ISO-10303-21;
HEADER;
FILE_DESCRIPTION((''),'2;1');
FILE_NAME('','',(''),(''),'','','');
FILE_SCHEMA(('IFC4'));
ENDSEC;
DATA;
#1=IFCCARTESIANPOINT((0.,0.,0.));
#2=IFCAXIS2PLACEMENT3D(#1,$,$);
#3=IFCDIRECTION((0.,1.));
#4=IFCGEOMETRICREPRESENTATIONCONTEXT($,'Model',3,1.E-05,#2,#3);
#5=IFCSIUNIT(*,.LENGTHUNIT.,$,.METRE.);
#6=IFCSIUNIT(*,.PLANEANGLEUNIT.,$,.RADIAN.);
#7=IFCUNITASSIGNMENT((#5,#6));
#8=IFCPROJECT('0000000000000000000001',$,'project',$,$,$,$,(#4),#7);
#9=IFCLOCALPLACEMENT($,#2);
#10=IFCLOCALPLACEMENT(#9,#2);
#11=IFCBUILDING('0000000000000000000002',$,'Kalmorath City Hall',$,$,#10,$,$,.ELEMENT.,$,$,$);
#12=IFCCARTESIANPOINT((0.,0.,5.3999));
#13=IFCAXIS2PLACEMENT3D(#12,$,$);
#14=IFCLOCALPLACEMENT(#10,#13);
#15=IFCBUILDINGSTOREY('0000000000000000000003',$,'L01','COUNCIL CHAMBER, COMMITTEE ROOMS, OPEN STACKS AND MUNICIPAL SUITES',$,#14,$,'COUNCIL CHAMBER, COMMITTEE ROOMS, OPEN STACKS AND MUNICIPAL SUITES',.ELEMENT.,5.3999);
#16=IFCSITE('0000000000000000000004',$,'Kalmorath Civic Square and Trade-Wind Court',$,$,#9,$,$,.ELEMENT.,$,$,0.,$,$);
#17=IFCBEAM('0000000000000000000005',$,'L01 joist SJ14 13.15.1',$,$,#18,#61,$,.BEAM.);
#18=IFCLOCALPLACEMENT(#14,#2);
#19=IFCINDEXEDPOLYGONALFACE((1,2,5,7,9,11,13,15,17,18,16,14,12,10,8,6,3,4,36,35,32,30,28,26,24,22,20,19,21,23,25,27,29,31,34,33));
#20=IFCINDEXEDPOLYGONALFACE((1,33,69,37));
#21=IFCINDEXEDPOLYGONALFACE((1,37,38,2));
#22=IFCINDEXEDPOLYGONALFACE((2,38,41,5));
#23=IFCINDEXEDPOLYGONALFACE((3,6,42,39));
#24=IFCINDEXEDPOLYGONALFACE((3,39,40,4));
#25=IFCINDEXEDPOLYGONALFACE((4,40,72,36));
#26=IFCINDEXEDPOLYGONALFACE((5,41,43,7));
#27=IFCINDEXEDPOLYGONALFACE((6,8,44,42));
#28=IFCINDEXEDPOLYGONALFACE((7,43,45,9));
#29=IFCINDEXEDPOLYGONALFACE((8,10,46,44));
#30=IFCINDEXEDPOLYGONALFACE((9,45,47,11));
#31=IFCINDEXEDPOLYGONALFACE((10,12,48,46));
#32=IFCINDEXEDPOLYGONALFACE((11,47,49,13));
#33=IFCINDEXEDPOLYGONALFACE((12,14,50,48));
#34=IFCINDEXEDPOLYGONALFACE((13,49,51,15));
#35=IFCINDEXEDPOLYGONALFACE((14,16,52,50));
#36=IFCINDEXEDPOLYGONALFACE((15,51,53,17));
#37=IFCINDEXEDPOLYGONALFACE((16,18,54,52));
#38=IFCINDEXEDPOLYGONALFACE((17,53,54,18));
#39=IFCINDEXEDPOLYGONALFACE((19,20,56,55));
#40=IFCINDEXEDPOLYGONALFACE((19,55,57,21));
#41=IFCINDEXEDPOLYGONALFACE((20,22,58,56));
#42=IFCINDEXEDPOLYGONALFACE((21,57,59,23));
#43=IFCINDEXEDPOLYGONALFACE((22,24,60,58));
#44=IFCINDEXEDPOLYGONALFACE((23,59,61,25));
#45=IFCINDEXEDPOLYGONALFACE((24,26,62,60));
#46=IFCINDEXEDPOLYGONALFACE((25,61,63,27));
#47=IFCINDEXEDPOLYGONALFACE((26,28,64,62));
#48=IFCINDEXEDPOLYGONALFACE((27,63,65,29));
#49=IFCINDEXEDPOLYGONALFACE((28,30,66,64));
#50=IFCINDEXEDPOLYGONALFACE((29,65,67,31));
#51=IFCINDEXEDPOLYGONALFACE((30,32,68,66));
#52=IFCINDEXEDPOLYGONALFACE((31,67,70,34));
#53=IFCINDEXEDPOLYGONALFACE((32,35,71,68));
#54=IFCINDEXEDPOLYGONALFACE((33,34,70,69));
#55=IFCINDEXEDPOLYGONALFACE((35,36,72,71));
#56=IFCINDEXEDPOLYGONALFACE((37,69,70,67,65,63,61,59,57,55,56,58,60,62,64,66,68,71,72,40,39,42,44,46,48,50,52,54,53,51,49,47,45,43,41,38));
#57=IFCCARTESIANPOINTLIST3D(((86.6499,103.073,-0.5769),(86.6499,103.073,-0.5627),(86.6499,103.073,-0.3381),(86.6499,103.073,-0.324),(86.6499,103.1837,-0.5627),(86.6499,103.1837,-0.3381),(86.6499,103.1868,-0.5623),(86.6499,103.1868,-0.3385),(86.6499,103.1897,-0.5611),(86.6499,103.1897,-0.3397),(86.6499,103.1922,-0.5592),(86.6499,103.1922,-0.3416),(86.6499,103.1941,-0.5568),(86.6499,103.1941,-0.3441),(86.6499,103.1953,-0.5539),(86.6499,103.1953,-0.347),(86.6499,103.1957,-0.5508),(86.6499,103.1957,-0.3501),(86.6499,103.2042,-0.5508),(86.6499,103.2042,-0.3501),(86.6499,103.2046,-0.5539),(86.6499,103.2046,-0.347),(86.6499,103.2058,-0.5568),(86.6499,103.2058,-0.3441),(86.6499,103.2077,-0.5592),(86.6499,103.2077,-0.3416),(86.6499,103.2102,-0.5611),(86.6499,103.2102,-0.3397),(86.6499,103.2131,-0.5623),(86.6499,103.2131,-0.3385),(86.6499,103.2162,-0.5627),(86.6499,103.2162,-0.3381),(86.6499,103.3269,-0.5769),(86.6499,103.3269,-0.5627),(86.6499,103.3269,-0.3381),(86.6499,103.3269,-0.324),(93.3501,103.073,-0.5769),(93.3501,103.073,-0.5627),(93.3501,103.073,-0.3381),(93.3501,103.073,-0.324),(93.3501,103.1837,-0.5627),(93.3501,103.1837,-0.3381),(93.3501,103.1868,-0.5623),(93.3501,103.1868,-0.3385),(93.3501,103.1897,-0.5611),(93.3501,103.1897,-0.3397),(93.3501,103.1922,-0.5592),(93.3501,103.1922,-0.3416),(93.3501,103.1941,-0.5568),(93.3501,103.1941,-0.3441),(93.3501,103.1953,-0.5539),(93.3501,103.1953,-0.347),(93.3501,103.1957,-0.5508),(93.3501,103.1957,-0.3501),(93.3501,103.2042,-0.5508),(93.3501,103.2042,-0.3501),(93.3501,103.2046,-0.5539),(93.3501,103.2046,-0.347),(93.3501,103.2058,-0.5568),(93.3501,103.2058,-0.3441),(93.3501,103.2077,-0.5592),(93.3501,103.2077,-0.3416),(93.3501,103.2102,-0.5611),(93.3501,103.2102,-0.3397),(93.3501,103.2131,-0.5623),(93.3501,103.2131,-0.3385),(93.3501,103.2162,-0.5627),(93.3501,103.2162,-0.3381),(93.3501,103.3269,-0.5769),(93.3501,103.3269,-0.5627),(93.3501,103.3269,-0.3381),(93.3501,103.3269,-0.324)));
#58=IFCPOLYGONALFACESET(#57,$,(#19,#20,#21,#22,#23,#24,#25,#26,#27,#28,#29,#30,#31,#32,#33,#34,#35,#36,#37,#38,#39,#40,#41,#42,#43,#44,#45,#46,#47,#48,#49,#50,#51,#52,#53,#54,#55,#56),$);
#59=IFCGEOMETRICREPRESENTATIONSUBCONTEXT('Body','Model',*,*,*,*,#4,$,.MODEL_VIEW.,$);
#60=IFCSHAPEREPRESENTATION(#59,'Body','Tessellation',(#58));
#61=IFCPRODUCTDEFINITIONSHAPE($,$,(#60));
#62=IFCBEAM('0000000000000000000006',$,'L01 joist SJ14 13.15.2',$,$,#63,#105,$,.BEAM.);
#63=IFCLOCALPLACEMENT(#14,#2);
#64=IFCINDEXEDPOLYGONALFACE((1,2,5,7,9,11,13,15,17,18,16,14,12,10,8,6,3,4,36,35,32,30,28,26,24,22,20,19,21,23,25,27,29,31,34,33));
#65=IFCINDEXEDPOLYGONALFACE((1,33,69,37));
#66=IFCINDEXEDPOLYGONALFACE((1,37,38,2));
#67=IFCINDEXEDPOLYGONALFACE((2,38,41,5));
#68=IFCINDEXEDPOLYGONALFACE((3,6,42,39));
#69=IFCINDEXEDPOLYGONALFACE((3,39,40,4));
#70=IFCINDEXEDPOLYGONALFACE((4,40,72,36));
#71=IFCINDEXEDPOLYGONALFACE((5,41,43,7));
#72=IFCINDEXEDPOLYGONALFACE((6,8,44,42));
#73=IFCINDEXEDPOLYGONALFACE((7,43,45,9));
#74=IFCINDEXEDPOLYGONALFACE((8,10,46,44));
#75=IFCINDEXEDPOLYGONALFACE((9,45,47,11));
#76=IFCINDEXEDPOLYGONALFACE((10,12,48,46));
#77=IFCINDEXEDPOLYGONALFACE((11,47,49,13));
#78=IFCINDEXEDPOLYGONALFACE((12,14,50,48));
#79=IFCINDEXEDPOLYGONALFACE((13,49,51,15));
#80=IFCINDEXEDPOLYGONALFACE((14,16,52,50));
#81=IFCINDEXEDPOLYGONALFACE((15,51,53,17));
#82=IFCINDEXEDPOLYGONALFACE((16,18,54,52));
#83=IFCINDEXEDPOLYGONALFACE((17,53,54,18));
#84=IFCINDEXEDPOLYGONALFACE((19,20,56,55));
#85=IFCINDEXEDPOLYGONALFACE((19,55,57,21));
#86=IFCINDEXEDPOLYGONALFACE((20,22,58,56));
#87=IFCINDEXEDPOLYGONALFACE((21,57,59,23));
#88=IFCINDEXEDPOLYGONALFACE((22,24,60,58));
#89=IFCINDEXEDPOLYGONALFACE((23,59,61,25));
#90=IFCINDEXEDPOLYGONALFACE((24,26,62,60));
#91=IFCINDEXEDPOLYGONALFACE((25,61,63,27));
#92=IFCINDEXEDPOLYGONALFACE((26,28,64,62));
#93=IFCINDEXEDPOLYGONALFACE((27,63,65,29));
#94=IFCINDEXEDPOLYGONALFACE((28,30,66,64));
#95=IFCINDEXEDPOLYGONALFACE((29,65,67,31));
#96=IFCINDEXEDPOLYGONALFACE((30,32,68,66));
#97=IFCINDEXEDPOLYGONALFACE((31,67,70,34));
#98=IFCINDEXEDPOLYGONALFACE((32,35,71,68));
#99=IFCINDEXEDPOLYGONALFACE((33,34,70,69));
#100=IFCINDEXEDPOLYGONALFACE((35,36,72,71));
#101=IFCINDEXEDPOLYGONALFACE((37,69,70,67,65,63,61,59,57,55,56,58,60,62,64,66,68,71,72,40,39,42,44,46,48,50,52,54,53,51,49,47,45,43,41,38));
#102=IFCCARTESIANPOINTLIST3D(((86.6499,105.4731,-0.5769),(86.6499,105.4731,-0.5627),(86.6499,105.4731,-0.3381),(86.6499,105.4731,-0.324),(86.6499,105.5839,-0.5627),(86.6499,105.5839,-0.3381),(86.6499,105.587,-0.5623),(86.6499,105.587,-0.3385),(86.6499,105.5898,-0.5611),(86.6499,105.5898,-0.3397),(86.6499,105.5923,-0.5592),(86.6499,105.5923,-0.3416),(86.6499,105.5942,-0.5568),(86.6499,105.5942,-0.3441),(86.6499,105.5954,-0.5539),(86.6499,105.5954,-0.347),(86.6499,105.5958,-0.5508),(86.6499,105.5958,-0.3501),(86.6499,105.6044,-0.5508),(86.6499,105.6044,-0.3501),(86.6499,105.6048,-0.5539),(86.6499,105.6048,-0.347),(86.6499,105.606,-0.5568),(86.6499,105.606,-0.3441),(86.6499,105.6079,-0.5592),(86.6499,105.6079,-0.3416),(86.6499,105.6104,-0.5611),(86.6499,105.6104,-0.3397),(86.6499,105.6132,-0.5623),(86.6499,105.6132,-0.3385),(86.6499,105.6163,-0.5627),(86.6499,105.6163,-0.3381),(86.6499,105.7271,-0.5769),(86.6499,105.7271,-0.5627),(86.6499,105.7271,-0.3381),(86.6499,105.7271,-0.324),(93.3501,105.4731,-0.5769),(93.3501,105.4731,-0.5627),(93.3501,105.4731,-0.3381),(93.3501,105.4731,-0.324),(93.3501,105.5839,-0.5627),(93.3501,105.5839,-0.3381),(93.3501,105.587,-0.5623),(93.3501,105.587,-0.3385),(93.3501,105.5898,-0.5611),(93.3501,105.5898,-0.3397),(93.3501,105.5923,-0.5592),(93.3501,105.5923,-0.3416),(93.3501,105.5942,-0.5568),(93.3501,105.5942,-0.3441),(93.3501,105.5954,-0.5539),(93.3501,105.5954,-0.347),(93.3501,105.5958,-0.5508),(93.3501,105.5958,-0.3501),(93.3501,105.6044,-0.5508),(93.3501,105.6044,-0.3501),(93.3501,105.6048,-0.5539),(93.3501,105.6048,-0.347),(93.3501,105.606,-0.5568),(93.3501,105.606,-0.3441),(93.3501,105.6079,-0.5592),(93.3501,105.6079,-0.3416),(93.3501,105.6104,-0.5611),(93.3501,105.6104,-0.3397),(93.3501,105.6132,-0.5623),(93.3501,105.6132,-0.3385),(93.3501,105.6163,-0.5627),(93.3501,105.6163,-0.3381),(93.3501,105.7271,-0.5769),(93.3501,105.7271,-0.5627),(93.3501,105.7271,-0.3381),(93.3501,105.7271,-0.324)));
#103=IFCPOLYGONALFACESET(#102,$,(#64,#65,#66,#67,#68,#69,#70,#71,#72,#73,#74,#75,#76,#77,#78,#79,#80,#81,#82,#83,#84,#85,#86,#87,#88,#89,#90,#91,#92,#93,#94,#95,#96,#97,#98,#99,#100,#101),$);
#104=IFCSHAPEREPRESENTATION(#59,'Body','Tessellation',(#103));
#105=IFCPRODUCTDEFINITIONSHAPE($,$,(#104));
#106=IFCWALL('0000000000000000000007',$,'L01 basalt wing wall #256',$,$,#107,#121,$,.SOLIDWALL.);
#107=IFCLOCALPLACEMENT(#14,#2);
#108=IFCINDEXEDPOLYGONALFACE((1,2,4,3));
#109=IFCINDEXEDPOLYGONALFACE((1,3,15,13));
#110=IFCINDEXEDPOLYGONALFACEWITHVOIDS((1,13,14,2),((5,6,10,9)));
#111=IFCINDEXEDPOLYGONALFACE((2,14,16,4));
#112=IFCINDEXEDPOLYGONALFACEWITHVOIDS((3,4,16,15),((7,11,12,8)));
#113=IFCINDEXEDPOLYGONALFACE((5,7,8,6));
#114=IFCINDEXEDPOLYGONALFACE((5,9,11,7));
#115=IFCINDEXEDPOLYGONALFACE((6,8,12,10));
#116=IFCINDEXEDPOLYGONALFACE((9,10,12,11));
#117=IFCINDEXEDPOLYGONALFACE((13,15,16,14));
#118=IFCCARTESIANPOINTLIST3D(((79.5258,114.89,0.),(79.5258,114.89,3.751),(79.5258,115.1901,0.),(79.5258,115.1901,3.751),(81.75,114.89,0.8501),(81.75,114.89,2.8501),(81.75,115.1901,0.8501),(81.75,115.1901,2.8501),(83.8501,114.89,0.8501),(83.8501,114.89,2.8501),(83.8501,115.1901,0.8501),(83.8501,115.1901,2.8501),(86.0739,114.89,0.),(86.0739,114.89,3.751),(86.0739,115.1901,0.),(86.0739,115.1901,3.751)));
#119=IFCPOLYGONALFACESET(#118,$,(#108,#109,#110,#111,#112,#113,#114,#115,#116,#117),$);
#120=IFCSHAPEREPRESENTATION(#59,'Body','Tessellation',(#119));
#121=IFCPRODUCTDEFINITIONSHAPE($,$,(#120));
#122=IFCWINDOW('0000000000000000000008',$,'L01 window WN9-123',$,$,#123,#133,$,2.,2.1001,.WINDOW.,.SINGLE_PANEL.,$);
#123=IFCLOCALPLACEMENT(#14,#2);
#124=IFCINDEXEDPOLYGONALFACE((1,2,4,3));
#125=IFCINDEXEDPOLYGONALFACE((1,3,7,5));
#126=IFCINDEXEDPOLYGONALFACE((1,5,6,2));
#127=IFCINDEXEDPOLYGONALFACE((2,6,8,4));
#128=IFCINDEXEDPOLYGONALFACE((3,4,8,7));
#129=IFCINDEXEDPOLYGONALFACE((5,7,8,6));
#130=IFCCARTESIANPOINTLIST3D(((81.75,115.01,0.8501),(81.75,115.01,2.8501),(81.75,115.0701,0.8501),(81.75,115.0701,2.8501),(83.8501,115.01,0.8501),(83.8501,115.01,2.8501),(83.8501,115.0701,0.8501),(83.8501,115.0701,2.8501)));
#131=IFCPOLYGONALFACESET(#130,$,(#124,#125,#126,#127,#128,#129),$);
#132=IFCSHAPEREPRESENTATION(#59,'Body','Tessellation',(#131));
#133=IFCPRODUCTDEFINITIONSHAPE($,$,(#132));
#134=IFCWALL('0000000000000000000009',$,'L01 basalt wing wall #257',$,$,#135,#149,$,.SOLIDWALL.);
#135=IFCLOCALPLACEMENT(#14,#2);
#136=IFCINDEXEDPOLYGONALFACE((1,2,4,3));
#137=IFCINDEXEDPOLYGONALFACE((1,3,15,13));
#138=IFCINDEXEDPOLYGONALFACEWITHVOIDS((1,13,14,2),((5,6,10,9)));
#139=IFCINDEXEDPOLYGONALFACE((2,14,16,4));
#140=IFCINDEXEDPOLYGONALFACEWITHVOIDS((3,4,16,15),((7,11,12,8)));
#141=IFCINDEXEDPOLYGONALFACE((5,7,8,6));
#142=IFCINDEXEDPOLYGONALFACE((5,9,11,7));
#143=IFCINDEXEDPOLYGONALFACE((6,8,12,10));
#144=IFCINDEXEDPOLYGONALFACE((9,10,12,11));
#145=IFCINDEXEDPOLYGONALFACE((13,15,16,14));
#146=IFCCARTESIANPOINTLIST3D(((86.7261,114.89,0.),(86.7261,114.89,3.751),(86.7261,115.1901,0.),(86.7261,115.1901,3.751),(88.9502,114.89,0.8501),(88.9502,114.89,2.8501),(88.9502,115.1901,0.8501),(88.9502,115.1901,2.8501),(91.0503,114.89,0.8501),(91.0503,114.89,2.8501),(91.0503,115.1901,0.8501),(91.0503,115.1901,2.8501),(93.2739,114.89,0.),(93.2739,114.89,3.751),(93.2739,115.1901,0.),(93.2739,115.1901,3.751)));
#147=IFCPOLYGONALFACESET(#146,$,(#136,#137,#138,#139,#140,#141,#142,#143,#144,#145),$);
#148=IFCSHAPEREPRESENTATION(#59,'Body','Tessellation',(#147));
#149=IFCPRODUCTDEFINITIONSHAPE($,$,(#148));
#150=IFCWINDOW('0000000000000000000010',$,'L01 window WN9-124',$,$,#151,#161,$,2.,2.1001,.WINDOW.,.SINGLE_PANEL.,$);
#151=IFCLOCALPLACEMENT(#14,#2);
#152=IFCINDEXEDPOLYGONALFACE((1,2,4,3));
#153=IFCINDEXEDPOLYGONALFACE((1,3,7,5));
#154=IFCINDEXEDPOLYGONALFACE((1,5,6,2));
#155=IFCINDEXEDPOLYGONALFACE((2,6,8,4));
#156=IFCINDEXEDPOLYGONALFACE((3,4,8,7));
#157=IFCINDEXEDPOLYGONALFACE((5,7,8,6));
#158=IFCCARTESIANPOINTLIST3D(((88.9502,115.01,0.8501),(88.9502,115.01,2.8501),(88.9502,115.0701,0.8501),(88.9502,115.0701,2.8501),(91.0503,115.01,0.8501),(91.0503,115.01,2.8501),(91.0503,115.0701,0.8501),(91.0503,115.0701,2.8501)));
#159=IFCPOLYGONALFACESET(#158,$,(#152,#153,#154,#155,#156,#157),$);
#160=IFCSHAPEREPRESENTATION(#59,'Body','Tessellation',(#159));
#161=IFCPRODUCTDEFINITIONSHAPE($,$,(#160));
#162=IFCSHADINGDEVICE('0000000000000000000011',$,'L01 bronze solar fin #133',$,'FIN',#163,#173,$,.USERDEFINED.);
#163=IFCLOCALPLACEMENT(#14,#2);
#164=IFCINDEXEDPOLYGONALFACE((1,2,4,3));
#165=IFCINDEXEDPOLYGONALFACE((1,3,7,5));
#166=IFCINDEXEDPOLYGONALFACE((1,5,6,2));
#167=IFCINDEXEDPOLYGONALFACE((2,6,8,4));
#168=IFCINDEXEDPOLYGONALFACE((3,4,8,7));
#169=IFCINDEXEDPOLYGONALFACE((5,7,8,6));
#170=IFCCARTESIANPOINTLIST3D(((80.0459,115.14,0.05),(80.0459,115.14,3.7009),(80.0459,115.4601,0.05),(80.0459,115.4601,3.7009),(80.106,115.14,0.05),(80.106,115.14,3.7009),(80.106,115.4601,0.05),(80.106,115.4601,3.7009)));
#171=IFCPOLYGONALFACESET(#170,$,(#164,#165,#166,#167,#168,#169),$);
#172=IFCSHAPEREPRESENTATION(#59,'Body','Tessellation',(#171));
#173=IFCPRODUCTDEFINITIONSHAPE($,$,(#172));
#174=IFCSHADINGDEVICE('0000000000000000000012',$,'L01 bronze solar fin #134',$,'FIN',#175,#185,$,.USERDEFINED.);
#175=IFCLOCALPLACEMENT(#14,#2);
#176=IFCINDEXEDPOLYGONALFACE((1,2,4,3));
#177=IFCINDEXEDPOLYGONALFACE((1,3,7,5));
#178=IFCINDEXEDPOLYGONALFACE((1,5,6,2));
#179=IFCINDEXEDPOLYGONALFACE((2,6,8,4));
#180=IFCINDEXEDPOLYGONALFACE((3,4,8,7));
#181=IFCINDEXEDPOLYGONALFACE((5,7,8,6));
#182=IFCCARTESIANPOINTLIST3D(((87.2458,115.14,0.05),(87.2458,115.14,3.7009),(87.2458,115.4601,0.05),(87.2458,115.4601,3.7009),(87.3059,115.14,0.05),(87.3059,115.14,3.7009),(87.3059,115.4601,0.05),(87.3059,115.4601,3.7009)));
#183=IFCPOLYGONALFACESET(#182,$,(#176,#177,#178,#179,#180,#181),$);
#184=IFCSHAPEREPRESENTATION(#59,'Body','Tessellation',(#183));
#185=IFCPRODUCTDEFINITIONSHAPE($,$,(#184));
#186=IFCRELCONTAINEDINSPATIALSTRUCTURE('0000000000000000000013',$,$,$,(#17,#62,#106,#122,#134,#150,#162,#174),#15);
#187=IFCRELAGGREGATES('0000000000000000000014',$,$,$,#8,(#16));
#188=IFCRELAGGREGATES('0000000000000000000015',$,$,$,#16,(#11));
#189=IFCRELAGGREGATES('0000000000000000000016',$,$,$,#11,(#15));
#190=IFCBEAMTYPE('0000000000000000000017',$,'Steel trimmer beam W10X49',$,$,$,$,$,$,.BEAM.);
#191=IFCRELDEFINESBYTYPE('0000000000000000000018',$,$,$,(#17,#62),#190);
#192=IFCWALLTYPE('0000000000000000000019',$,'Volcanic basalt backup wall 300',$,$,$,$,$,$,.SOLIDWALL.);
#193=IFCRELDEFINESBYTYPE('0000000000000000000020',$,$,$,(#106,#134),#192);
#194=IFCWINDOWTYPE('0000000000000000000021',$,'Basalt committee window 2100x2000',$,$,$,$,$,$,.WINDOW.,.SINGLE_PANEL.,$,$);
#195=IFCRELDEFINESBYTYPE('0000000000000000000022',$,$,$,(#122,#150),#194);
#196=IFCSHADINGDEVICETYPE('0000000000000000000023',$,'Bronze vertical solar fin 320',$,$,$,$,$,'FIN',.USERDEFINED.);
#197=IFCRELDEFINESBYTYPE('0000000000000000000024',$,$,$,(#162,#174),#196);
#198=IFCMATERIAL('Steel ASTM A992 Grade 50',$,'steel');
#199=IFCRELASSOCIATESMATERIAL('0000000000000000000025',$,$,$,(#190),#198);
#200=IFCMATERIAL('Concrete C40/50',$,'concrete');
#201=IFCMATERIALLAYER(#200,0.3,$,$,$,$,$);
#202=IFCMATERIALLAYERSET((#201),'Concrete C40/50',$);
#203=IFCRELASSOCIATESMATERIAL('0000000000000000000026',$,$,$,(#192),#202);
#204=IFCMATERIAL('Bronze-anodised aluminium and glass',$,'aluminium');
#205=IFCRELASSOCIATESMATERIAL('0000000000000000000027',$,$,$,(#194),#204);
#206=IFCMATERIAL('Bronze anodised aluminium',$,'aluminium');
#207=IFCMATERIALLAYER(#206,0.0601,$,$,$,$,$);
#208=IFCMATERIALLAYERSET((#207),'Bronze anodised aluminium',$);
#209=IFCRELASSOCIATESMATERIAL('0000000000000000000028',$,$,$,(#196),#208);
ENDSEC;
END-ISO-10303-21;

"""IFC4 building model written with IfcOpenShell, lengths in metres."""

from ifc_helpers import new_model, si_unit, direction, frame, frame_2d, origin, origin_2d, place, context, subcontext, project, spatial, rectangle, i_section, extrude, material, layer, layer_set, material_profile, profile_set, type_object, element, fill, save


model = new_model("IFC4")

# Units and contexts
model_context = context("Model", 3, precision=1e-05, world=origin(), true_north=direction((0.0, 1.0)))
body_context = subcontext(model_context, "Body", "Model", "MODEL_VIEW")
ifc_project = project(units=[si_unit("LENGTHUNIT", "METRE"), si_unit("PLANEANGLEUNIT", "RADIAN")], contexts=[model_context])

# Site, building, storey
site_placement = place(None, origin())
site = spatial("IfcSite", under=ifc_project, at=site_placement, Name="Kalmorath Civic Square and Trade-Wind Court", CompositionType="ELEMENT", RefElevation=0.0)
building_placement = place(site_placement, origin())
building = spatial("IfcBuilding", under=site, at=building_placement, Name="Kalmorath City Hall", CompositionType="ELEMENT")
storey_placement = place(building_placement, frame((0.0, 0.0, 5.3999)))
storey = spatial("IfcBuildingStorey", under=building, at=storey_placement, Name="L01", Description="COUNCIL CHAMBER, COMMITTEE ROOMS, OPEN STACKS AND MUNICIPAL SUITES", LongName="COUNCIL CHAMBER, COMMITTEE ROOMS, OPEN STACKS AND MUNICIPAL SUITES", CompositionType="ELEMENT", Elevation=5.3999)

# Beams
ifc_material_1 = material(Name="Steel ASTM A992 Grade 50", Category="steel")
ifc_material_profile_1 = material_profile(ifc_material_1, i_section(OverallWidth=0.2539, OverallDepth=0.2529, WebThickness=0.0085, FlangeThickness=0.0142, FilletRadius=0.012, at=origin_2d()), Name="W10X49")
ifc_profile_set_1 = profile_set([ifc_material_profile_1], Name="Steel ASTM A992 Grade 50")
beam_type_1 = type_object("IfcBeamType", Name="Steel trimmer beam W10X49", PredefinedType="BEAM", material=ifc_profile_set_1)
for number, where, z_axis, x_axis, name in (
    (1, (86.6499, 103.2, -0.4504), (1.0, 0.0, 0.0), (0.0, 1.0, 0.0), "L01 joist SJ14 13.15.1"),
    (2, (86.6499, 105.6001, -0.4504), (1.0, 0.0, 0.0), (0.0, 1.0, 0.0), "L01 joist SJ14 13.15.2"),
):
    element("IfcBeam", number, at=place(storey_placement, frame(where, z_axis=z_axis, x_axis=x_axis)), inside=storey, type_object=beam_type_1, Name=name, PredefinedType="BEAM", context=body_context, shape_type="SweptSolid", body=[
        extrude(i_section(OverallWidth=0.2539, OverallDepth=0.2529, WebThickness=0.0085, FlangeThickness=0.0142, FilletRadius=0.012, at=origin_2d()), origin(), (0.0, 0.0, 1.0), 6.7002),
    ])

# Walls, openings, windows
ifc_material_2 = material(Name="Concrete C40/50", Category="concrete")
ifc_layer_1 = layer(ifc_material_2, 0.3)
ifc_layer_set_1 = layer_set([ifc_layer_1], Name="Concrete C40/50")
wall_type = type_object("IfcWallType", Name="Volcanic basalt backup wall 300", PredefinedType="SOLIDWALL", material=ifc_layer_set_1)
wall_1_placement = place(storey_placement, frame((79.5259, 115.04, 0.0), z_axis=(0.0, 0.0, 1.0), x_axis=(1.0, 0.0, 0.0)))
wall_1 = element("IfcWall", 3, at=wall_1_placement, inside=storey, type_object=wall_type, Name="L01 basalt wing wall #256", PredefinedType="SOLIDWALL", context=body_context, shape_type="SweptSolid", body=[
    extrude(rectangle(XDim=6.5481, YDim=0.3, at=frame_2d((3.2739, 0.0))), origin(), (0.0, 0.0, 1.0), 3.751),
])
opening_1_placement = place(wall_1_placement, frame((2.2241, 0.0, 0.8501)))
opening_1 = element("IfcOpeningElement", 4, at=opening_1_placement, cuts=wall_1, PredefinedType="OPENING", context=body_context, shape_type="SweptSolid", body=[
    extrude(rectangle(XDim=2.1001, YDim=2.0, at=frame_2d((1.05, 1.0))), frame((0.0, 0.1599, 0.0), z_axis=(0.0, -1.0, 0.0), x_axis=(1.0, 0.0, 0.0)), (0.0, 0.0, 1.0), 0.3201),
])
ifc_material_3 = material(Name="Bronze-anodised aluminium and glass", Category="aluminium")
window_type = type_object("IfcWindowType", Name="Basalt committee window 2100x2000", PartitioningType="SINGLE_PANEL", PredefinedType="WINDOW", material=ifc_material_3)
window_1_placement = place(opening_1_placement, origin())
window_1 = element("IfcWindow", 5, at=window_1_placement, inside=storey, type_object=window_type, Name="L01 window WN9-123", OverallHeight=2.0, OverallWidth=2.1001, PartitioningType="SINGLE_PANEL", PredefinedType="WINDOW", context=body_context, shape_type="SweptSolid", body=[
    extrude(rectangle(XDim=2.1001, YDim=2.0, at=frame_2d((1.05, 1.0))), frame((0.0, 0.03, 0.0), z_axis=(0.0, -1.0, 0.0), x_axis=(1.0, 0.0, 0.0)), (0.0, 0.0, 1.0), 0.0601),
])
fill(opening_1, window_1)
wall_2_placement = place(storey_placement, frame((86.7261, 115.04, 0.0), z_axis=(0.0, 0.0, 1.0), x_axis=(1.0, 0.0, 0.0)))
wall_2 = element("IfcWall", 6, at=wall_2_placement, inside=storey, type_object=wall_type, Name="L01 basalt wing wall #257", PredefinedType="SOLIDWALL", context=body_context, shape_type="SweptSolid", body=[
    extrude(rectangle(XDim=6.5479, YDim=0.3, at=frame_2d((3.2739, 0.0))), origin(), (0.0, 0.0, 1.0), 3.751),
])
opening_2_placement = place(wall_2_placement, frame((2.2241, 0.0, 0.8501)))
opening_2 = element("IfcOpeningElement", 7, at=opening_2_placement, cuts=wall_2, PredefinedType="OPENING", context=body_context, shape_type="SweptSolid", body=[
    extrude(rectangle(XDim=2.1001, YDim=2.0, at=frame_2d((1.05, 1.0))), frame((0.0, 0.1599, 0.0), z_axis=(0.0, -1.0, 0.0), x_axis=(1.0, 0.0, 0.0)), (0.0, 0.0, 1.0), 0.3201),
])
window_2_placement = place(opening_2_placement, origin())
window_2 = element("IfcWindow", 8, at=window_2_placement, inside=storey, type_object=window_type, Name="L01 window WN9-124", OverallHeight=2.0, OverallWidth=2.1001, PartitioningType="SINGLE_PANEL", PredefinedType="WINDOW", context=body_context, shape_type="SweptSolid", body=[
    extrude(rectangle(XDim=2.1001, YDim=2.0, at=frame_2d((1.05, 1.0))), frame((0.0, 0.03, 0.0), z_axis=(0.0, -1.0, 0.0), x_axis=(1.0, 0.0, 0.0)), (0.0, 0.0, 1.0), 0.0601),
])
fill(opening_2, window_2)

# Shading devices
ifc_material_4 = material(Name="Bronze anodised aluminium", Category="aluminium")
ifc_layer_2 = layer(ifc_material_4, 0.0601)
ifc_layer_set_2 = layer_set([ifc_layer_2], Name="Bronze anodised aluminium")
shading_device_type = type_object("IfcShadingDeviceType", Name="Bronze vertical solar fin 320", ElementType="FIN", PredefinedType="USERDEFINED", material=ifc_layer_set_2)
for number, where, z_axis, x_axis, name in (
    (9, (80.0759, 115.3, 0.05), (0.0, 0.0, 1.0), (1.0, 0.0, 0.0), "L01 bronze solar fin #133"),
    (10, (87.2759, 115.3, 0.05), (0.0, 0.0, 1.0), (1.0, 0.0, 0.0), "L01 bronze solar fin #134"),
):
    element("IfcShadingDevice", number, at=place(storey_placement, frame(where, z_axis=z_axis, x_axis=x_axis)), inside=storey, type_object=shading_device_type, Name=name, ObjectType="FIN", PredefinedType="USERDEFINED", context=body_context, shape_type="SweptSolid", body=[
        extrude(rectangle(XDim=0.0601, YDim=0.3201, at=origin_2d()), origin(), (0.0, 0.0, 1.0), 3.6509),
    ])

save(model, "model.ifc")
